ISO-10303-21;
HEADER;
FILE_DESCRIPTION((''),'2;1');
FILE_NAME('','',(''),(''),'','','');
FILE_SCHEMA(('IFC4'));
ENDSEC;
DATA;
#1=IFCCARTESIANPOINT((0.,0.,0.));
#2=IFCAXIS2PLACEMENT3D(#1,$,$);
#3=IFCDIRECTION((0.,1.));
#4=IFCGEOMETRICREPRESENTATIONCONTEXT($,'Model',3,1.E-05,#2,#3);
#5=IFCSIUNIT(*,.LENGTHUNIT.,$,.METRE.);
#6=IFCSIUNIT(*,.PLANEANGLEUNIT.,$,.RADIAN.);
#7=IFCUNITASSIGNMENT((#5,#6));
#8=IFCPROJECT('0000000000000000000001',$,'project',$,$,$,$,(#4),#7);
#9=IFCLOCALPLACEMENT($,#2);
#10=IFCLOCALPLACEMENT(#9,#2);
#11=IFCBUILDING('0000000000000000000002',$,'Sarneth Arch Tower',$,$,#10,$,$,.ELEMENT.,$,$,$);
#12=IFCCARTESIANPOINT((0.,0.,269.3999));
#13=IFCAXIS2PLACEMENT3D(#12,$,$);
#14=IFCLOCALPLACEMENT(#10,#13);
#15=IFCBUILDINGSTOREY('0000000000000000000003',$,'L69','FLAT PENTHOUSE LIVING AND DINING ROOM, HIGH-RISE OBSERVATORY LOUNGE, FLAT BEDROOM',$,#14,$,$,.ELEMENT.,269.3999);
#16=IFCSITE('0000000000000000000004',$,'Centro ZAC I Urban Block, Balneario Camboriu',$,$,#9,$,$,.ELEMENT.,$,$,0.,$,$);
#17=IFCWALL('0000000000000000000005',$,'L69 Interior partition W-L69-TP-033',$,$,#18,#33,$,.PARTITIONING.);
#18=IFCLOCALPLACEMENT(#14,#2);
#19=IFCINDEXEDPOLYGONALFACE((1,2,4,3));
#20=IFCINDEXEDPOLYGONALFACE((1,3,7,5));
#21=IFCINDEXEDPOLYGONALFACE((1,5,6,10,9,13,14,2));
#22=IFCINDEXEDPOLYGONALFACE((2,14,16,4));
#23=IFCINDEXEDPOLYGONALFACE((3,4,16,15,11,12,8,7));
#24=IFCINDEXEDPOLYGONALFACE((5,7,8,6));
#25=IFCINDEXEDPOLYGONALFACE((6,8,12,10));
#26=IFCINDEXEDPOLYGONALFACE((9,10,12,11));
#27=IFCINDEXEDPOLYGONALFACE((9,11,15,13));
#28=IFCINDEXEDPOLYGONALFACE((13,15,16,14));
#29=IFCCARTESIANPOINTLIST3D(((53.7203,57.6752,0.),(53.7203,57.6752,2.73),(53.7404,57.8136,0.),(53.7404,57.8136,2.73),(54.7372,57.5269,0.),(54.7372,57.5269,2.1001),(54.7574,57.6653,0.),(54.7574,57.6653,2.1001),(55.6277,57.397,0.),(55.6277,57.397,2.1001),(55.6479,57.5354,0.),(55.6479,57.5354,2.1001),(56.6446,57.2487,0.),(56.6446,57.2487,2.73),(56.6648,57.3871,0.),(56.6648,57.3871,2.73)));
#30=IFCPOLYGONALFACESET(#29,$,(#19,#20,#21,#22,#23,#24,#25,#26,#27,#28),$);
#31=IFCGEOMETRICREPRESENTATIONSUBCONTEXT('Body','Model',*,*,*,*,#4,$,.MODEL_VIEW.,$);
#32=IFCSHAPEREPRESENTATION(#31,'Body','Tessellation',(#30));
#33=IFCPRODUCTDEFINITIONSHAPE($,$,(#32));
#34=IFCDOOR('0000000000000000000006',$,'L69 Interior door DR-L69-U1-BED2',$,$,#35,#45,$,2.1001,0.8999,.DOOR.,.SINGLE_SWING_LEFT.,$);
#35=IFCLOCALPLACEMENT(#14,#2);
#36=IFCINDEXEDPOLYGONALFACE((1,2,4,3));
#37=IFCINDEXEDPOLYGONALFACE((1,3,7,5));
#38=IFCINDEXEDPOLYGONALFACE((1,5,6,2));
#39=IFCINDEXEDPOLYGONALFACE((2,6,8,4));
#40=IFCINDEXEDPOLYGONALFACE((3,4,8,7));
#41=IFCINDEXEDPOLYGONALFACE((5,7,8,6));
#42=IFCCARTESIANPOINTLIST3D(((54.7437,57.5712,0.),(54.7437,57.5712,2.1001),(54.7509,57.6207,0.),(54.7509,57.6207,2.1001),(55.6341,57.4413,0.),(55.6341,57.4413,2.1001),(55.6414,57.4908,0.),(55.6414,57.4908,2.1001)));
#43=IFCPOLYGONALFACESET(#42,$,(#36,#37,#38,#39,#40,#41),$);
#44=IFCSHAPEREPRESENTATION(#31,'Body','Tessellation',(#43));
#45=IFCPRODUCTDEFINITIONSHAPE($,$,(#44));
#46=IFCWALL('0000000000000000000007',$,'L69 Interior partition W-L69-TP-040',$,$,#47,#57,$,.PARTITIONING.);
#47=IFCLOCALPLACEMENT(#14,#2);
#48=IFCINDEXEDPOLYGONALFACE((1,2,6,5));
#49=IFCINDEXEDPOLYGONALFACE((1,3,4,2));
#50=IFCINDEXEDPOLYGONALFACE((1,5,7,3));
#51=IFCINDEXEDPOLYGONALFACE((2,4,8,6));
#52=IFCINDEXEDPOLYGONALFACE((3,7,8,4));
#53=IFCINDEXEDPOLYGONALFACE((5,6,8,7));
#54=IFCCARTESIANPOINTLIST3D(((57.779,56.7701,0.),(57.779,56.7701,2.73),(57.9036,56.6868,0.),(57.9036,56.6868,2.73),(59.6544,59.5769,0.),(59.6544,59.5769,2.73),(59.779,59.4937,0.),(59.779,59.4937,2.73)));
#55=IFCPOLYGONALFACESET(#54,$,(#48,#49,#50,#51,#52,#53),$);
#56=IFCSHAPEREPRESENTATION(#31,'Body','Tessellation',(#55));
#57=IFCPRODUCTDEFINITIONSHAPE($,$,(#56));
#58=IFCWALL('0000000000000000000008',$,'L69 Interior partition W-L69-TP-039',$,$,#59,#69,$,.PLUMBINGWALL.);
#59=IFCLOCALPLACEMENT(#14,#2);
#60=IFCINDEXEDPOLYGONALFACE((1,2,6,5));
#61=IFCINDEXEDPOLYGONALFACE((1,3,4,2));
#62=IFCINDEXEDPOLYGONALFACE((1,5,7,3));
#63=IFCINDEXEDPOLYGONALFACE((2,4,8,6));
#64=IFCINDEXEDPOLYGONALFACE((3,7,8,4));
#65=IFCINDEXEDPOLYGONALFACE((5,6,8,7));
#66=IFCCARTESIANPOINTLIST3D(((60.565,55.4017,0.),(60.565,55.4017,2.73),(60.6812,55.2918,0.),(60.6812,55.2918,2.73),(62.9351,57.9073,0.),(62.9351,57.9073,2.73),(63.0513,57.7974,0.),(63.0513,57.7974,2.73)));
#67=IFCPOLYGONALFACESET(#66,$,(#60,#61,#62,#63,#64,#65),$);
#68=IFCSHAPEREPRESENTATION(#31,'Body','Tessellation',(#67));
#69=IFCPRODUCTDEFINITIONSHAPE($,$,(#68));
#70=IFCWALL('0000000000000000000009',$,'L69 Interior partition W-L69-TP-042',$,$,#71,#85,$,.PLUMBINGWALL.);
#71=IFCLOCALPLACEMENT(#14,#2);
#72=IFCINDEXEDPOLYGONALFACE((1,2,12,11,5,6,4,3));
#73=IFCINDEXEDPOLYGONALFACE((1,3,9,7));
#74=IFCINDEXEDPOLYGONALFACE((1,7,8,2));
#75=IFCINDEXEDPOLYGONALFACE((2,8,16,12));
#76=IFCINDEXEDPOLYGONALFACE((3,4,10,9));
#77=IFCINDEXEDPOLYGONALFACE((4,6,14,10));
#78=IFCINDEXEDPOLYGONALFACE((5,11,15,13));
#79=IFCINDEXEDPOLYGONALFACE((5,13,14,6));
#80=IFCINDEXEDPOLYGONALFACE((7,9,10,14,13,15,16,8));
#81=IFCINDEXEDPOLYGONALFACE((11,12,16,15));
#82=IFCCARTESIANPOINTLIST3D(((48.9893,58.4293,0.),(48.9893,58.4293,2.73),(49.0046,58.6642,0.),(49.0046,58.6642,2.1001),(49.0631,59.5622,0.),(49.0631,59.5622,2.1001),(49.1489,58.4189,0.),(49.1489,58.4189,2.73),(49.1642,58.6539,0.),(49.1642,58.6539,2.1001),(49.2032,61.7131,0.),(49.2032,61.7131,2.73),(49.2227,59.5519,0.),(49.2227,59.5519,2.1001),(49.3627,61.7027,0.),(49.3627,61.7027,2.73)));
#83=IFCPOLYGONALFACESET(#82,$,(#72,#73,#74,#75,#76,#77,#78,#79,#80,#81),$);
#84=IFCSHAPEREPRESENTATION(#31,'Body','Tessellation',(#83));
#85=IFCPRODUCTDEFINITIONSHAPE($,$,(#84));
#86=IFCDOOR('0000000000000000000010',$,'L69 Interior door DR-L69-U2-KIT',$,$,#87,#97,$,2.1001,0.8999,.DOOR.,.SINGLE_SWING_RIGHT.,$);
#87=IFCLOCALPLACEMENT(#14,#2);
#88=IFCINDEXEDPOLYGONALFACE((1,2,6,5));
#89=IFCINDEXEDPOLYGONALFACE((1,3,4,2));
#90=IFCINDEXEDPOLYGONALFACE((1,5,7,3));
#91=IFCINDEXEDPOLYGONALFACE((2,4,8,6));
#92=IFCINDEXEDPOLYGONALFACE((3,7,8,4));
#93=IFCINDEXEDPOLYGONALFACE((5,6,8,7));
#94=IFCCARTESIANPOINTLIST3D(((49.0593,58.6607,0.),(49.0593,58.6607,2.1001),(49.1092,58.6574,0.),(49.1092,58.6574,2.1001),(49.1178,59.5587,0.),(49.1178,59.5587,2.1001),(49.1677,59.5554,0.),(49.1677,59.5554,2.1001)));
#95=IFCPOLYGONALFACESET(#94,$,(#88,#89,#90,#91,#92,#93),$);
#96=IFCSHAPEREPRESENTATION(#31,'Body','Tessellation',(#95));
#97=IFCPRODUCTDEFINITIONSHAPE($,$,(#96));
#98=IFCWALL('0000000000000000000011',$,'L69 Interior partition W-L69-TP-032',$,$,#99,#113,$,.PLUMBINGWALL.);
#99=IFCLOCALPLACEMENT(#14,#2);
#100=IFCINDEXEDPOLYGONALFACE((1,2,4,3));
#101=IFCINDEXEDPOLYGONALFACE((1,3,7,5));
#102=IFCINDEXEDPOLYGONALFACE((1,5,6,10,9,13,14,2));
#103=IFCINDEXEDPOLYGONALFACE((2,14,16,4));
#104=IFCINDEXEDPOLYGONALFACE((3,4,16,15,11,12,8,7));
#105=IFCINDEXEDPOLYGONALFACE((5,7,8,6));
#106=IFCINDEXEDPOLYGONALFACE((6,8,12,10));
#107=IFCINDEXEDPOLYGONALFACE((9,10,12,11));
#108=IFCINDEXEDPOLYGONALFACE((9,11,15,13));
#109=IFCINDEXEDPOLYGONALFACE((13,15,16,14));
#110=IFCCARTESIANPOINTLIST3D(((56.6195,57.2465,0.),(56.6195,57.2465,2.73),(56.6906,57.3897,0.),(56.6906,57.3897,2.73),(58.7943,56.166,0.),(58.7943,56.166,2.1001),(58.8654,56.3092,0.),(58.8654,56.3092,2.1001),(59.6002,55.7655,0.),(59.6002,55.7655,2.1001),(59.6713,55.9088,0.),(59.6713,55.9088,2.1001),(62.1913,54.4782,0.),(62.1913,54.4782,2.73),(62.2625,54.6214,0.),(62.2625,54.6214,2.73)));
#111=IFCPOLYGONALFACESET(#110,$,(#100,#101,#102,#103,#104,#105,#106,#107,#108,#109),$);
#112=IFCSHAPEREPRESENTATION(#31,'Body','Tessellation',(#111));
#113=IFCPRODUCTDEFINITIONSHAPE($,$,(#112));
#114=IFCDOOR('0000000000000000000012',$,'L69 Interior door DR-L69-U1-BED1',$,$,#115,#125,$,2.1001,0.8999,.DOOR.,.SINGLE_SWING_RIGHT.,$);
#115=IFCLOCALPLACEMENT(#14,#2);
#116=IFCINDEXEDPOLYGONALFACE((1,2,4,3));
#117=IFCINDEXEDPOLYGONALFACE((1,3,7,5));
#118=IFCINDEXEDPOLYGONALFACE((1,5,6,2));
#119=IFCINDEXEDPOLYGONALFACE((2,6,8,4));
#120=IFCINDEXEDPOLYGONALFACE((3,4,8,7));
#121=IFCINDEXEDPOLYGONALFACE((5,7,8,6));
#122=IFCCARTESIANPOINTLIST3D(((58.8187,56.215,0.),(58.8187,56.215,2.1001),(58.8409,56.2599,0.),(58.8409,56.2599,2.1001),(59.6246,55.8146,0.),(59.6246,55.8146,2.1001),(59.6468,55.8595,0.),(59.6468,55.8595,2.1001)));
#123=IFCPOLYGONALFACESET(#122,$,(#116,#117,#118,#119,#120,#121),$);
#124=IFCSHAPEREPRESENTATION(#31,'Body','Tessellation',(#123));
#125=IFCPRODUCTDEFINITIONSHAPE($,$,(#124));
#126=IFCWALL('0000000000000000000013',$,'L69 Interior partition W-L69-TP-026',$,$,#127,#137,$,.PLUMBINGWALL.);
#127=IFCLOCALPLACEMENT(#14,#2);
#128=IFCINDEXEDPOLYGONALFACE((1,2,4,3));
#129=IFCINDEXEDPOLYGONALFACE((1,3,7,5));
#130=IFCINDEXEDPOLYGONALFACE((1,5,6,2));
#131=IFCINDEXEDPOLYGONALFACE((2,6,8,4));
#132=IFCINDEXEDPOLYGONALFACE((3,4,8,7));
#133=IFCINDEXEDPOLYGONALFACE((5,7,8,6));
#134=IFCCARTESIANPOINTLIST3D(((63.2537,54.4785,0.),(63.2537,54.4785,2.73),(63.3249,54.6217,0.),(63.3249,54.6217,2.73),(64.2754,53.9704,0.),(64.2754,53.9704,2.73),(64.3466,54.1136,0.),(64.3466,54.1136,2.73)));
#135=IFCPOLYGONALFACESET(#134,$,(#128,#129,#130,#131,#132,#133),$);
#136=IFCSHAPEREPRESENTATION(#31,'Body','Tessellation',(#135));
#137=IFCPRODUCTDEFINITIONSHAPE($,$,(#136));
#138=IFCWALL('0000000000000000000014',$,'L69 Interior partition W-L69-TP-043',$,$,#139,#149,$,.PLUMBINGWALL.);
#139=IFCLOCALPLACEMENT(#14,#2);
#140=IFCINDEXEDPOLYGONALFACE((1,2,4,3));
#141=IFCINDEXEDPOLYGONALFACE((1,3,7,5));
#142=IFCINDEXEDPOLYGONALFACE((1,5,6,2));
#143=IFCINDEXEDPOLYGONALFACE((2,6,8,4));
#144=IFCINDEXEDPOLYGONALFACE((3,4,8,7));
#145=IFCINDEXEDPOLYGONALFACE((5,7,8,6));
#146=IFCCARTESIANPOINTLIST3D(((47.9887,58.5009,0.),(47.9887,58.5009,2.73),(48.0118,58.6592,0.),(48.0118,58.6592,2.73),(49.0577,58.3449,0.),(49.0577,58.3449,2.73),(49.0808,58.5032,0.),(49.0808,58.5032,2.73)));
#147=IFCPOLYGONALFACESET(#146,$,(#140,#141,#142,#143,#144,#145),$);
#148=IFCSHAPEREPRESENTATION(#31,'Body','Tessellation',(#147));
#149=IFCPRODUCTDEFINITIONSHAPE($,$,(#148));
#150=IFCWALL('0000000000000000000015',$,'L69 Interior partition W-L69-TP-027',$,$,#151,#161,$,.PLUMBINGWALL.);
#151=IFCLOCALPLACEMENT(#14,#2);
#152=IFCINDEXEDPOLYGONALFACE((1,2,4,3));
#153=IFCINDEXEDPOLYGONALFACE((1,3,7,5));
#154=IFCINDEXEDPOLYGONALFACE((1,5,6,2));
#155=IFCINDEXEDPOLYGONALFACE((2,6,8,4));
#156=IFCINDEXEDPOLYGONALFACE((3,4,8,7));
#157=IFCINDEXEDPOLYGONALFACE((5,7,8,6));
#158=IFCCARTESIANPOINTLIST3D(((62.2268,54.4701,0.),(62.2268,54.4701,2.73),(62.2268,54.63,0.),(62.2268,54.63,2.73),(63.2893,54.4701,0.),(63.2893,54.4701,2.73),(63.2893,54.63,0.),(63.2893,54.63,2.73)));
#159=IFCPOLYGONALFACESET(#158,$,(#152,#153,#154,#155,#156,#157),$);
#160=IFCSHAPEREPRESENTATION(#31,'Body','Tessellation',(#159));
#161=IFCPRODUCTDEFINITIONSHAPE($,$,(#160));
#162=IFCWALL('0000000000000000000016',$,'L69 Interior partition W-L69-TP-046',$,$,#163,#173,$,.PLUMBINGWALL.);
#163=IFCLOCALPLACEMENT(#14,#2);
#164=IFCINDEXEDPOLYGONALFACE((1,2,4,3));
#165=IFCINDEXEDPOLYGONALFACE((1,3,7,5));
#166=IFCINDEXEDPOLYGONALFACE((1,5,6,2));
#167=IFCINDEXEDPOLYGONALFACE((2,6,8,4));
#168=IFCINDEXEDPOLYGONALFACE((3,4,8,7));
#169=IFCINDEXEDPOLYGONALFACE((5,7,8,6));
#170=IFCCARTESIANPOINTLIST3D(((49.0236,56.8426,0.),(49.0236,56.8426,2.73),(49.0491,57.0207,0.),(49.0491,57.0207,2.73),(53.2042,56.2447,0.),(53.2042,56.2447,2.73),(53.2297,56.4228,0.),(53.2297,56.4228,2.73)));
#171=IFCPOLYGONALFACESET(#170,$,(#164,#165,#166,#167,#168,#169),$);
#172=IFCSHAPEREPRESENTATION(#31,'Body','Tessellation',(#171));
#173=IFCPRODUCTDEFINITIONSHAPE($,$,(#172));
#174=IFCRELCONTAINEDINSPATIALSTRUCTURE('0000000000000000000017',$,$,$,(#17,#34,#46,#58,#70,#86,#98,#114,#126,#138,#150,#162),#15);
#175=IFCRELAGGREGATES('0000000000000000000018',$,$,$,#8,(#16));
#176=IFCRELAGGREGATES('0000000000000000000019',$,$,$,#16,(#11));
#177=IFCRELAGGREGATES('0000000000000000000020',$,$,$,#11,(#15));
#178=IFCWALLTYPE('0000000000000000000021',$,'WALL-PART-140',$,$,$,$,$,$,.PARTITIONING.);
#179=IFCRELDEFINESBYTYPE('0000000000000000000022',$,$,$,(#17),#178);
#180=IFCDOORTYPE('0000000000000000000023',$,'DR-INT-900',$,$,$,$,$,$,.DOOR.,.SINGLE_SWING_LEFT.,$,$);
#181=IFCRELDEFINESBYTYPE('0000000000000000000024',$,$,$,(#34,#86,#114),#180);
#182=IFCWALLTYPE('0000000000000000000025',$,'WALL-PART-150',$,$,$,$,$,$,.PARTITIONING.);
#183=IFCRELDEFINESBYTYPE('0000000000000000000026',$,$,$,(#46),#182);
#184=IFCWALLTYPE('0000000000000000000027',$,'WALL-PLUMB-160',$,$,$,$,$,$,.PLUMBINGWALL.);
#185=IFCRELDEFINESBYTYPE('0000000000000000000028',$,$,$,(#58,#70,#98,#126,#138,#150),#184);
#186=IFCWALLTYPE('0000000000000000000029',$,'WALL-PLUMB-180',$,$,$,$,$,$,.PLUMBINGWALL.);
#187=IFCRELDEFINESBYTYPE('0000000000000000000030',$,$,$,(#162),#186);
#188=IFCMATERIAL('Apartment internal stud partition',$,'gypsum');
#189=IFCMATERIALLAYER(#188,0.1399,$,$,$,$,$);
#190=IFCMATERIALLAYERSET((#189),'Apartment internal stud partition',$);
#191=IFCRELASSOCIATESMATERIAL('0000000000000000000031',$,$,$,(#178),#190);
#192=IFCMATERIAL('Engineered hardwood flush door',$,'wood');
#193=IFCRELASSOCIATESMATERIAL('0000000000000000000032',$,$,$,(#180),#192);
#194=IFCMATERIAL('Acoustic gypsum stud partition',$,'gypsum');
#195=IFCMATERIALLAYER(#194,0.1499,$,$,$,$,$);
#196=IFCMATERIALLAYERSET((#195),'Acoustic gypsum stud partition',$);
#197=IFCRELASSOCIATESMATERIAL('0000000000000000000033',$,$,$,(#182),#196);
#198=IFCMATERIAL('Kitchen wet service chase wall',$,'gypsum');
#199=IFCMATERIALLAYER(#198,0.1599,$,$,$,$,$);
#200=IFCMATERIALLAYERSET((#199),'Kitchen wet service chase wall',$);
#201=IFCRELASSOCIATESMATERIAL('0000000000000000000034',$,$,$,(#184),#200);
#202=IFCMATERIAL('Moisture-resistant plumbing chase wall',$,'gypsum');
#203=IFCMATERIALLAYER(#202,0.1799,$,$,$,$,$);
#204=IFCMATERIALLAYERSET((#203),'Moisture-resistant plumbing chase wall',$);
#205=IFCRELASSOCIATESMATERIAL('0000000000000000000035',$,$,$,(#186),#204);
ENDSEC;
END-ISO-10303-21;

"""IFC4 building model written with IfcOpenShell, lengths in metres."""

from ifc_helpers import new_model, si_unit, direction, frame, frame_2d, origin, place, context, subcontext, project, spatial, rectangle, extrude, material, layer, layer_set, type_object, element, fill, save


model = new_model("IFC4")

# Units and contexts
model_context = context("Model", 3, precision=1e-05, world=origin(), true_north=direction((0.0, 1.0)))
body_context = subcontext(model_context, "Body", "Model", "MODEL_VIEW")
ifc_project = project(units=[si_unit("LENGTHUNIT", "METRE"), si_unit("PLANEANGLEUNIT", "RADIAN")], contexts=[model_context])

# Site, building, storey
site_placement = place(None, origin())
site = spatial("IfcSite", under=ifc_project, at=site_placement, Name="Centro ZAC I Urban Block, Balneario Camboriu", CompositionType="ELEMENT", RefElevation=0.0)
building_placement = place(site_placement, origin())
building = spatial("IfcBuilding", under=site, at=building_placement, Name="Sarneth Arch Tower", CompositionType="ELEMENT")
storey_placement = place(building_placement, frame((0.0, 0.0, 269.3999)))
storey = spatial("IfcBuildingStorey", under=building, at=storey_placement, Name="L69", Description="FLAT PENTHOUSE LIVING AND DINING ROOM, HIGH-RISE OBSERVATORY LOUNGE, FLAT BEDROOM", CompositionType="ELEMENT", Elevation=269.3999)

# Wall, opening, door
ifc_material_1 = material(Name="Apartment internal stud partition", Category="gypsum")
ifc_layer_1 = layer(ifc_material_1, 0.1399)
ifc_layer_set_1 = layer_set([ifc_layer_1], Name="Apartment internal stud partition")
wall_type_1 = type_object("IfcWallType", Name="WALL-PART-140", PredefinedType="PARTITIONING", material=ifc_layer_set_1)
wall_1_placement = place(storey_placement, frame((53.7305, 57.7444, 0.0), z_axis=(0.0, 0.0, 1.0), x_axis=(0.989531, -0.144324, 0.0)))
wall_1 = element("IfcWall", 1, at=wall_1_placement, inside=storey, type_object=wall_type_1, Name="L69 Interior partition W-L69-TP-033", PredefinedType="PARTITIONING", context=body_context, shape_type="SweptSolid", body=[
    extrude(rectangle(XDim=2.9553, YDim=0.1399, at=frame_2d((1.4775, 0.0))), origin(), (0.0, 0.0, 1.0), 2.73),
])
opening_1_placement = place(wall_1_placement, frame((1.0276, 0.0, 0.0)))
opening_1 = element("IfcOpeningElement", 2, at=opening_1_placement, cuts=wall_1, PredefinedType="OPENING", context=body_context, shape_type="SweptSolid", body=[
    extrude(rectangle(XDim=0.8999, YDim=2.1001, at=frame_2d((0.45, 1.05))), frame((0.0, 0.0798, 0.0), z_axis=(0.0, -1.0, 0.0), x_axis=(1.0, 0.0, 0.0)), (0.0, 0.0, 1.0), 0.1599),
])
ifc_material_2 = material(Name="Engineered hardwood flush door", Category="wood")
door_type = type_object("IfcDoorType", Name="DR-INT-900", OperationType="SINGLE_SWING_LEFT", PredefinedType="DOOR", material=ifc_material_2)
door_1_placement = place(opening_1_placement, origin())
door_1 = element("IfcDoor", 3, at=door_1_placement, inside=storey, type_object=door_type, Name="L69 Interior door DR-L69-U1-BED2", OperationType="SINGLE_SWING_LEFT", OverallHeight=2.1001, OverallWidth=0.8999, PredefinedType="DOOR", context=body_context, shape_type="SweptSolid", body=[
    extrude(rectangle(XDim=0.8999, YDim=2.1001, at=frame_2d((0.45, 1.05))), frame((0.0, 0.0249, 0.0), z_axis=(0.0, -1.0, 0.0), x_axis=(1.0, 0.0, 0.0)), (0.0, 0.0, 1.0), 0.05),
])
fill(opening_1, door_1)

# Walls
ifc_material_3 = material(Name="Acoustic gypsum stud partition", Category="gypsum")
ifc_layer_2 = layer(ifc_material_3, 0.1499)
ifc_layer_set_2 = layer_set([ifc_layer_2], Name="Acoustic gypsum stud partition")
wall_type_2 = type_object("IfcWallType", Name="WALL-PART-150", PredefinedType="PARTITIONING", material=ifc_layer_set_2)
wall_2_placement = place(storey_placement, frame((59.7168, 59.5354, 0.0), z_axis=(0.0, 0.0, 1.0), x_axis=(-0.555568, -0.831471, 0.0)))
element("IfcWall", 4, at=wall_2_placement, inside=storey, type_object=wall_type_2, Name="L69 Interior partition W-L69-TP-040", PredefinedType="PARTITIONING", context=body_context, shape_type="SweptSolid", body=[
    extrude(rectangle(XDim=3.3757, YDim=0.1499, at=frame_2d((1.688, 0.0))), origin(), (0.0, 0.0, 1.0), 2.73),
])
ifc_material_4 = material(Name="Kitchen wet service chase wall", Category="gypsum")
ifc_layer_3 = layer(ifc_material_4, 0.1599)
ifc_layer_set_3 = layer_set([ifc_layer_3], Name="Kitchen wet service chase wall")
wall_type_3 = type_object("IfcWallType", Name="WALL-PLUMB-160", PredefinedType="PLUMBINGWALL", material=ifc_layer_set_3)
wall_3_placement = place(storey_placement, frame((60.623, 55.3467, 0.0), z_axis=(0.0, 0.0, 1.0), x_axis=(0.687191, 0.726477, 0.0)))
element("IfcWall", 5, at=wall_3_placement, inside=storey, type_object=wall_type_3, Name="L69 Interior partition W-L69-TP-039", PredefinedType="PLUMBINGWALL", context=body_context, shape_type="SweptSolid", body=[
    extrude(rectangle(XDim=3.449, YDim=0.1599, at=frame_2d((1.7246, 0.0))), origin(), (0.0, 0.0, 1.0), 2.73),
])

# Walls, openings, doors
wall_4_placement = place(storey_placement, frame((49.283, 61.708, 0.0), z_axis=(0.0, 0.0, 1.0), x_axis=(-0.064988, -0.997886, 0.0)))
wall_4 = element("IfcWall", 6, at=wall_4_placement, inside=storey, type_object=wall_type_3, Name="L69 Interior partition W-L69-TP-042", PredefinedType="PLUMBINGWALL", context=body_context, shape_type="SweptSolid", body=[
    extrude(rectangle(XDim=3.2908, YDim=0.1599, at=frame_2d((1.6455, 0.0))), origin(), (0.0, 0.0, 1.0), 2.73),
])
opening_2_placement = place(wall_4_placement, frame((2.1555, 0.0, 0.0)))
opening_2 = element("IfcOpeningElement", 7, at=opening_2_placement, cuts=wall_4, PredefinedType="OPENING", context=body_context, shape_type="SweptSolid", body=[
    extrude(rectangle(XDim=0.8999, YDim=2.1001, at=frame_2d((0.45, 1.05))), frame((0.0, 0.0898, 0.0), z_axis=(0.0, -1.0, 0.0), x_axis=(1.0, 0.0, 0.0)), (0.0, 0.0, 1.0), 0.1799),
])
door_2_placement = place(opening_2_placement, origin())
door_2 = element("IfcDoor", 8, at=door_2_placement, inside=storey, type_object=door_type, Name="L69 Interior door DR-L69-U2-KIT", OperationType="SINGLE_SWING_RIGHT", OverallHeight=2.1001, OverallWidth=0.8999, PredefinedType="DOOR", context=body_context, shape_type="SweptSolid", body=[
    extrude(rectangle(XDim=0.8999, YDim=2.1001, at=frame_2d((0.45, 1.05))), frame((0.0, 0.0249, 0.0), z_axis=(0.0, -1.0, 0.0), x_axis=(1.0, 0.0, 0.0)), (0.0, 0.0, 1.0), 0.05),
])
fill(opening_2, door_2)
wall_5_placement = place(storey_placement, frame((56.655, 57.3181, 0.0), z_axis=(0.0, 0.0, 1.0), x_axis=(0.895554, -0.444952, 0.0)))
wall_5 = element("IfcWall", 9, at=wall_5_placement, inside=storey, type_object=wall_type_3, Name="L69 Interior partition W-L69-TP-032", PredefinedType="PLUMBINGWALL", context=body_context, shape_type="SweptSolid", body=[
    extrude(rectangle(XDim=6.2217, YDim=0.1599, at=frame_2d((3.1108, 0.0))), origin(), (0.0, 0.0, 1.0), 2.73),
])
opening_3_placement = place(wall_5_placement, frame((2.4285, 0.0, 0.0)))
opening_3 = element("IfcOpeningElement", 10, at=opening_3_placement, cuts=wall_5, PredefinedType="OPENING", context=body_context, shape_type="SweptSolid", body=[
    extrude(rectangle(XDim=0.8999, YDim=2.1001, at=frame_2d((0.45, 1.05))), frame((0.0, 0.0898, 0.0), z_axis=(0.0, -1.0, 0.0), x_axis=(1.0, 0.0, 0.0)), (0.0, 0.0, 1.0), 0.1799),
])
door_3_placement = place(opening_3_placement, origin())
door_3 = element("IfcDoor", 11, at=door_3_placement, inside=storey, type_object=door_type, Name="L69 Interior door DR-L69-U1-BED1", OperationType="SINGLE_SWING_RIGHT", OverallHeight=2.1001, OverallWidth=0.8999, PredefinedType="DOOR", context=body_context, shape_type="SweptSolid", body=[
    extrude(rectangle(XDim=0.8999, YDim=2.1001, at=frame_2d((0.45, 1.05))), frame((0.0, 0.0249, 0.0), z_axis=(0.0, -1.0, 0.0), x_axis=(1.0, 0.0, 0.0)), (0.0, 0.0, 1.0), 0.05),
])
fill(opening_3, door_3)

# Walls
wall_6_placement = place(storey_placement, frame((64.311, 54.042, 0.0), z_axis=(0.0, 0.0, 1.0), x_axis=(-0.895409, 0.445244, 0.0)))
element("IfcWall", 12, at=wall_6_placement, inside=storey, type_object=wall_type_3, Name="L69 Interior partition W-L69-TP-026", PredefinedType="PLUMBINGWALL", context=body_context, shape_type="SweptSolid", body=[
    extrude(rectangle(XDim=1.1411, YDim=0.1599, at=frame_2d((0.5706, 0.0))), origin(), (0.0, 0.0, 1.0), 2.73),
])
wall_7_placement = place(storey_placement, frame((49.0691, 58.4241, 0.0), z_axis=(0.0, 0.0, 1.0), x_axis=(-0.98952, 0.144394, 0.0)))
element("IfcWall", 13, at=wall_7_placement, inside=storey, type_object=wall_type_3, Name="L69 Interior partition W-L69-TP-043", PredefinedType="PLUMBINGWALL", context=body_context, shape_type="SweptSolid", body=[
    extrude(rectangle(XDim=1.0803, YDim=0.1599, at=frame_2d((0.54, 0.0))), origin(), (0.0, 0.0, 1.0), 2.73),
])
wall_8_placement = place(storey_placement, frame((63.2893, 54.55, 0.0), z_axis=(0.0, 0.0, 1.0), x_axis=(-1.0, 0.0, 0.0)))
element("IfcWall", 14, at=wall_8_placement, inside=storey, type_object=wall_type_3, Name="L69 Interior partition W-L69-TP-027", PredefinedType="PLUMBINGWALL", context=body_context, shape_type="SweptSolid", body=[
    extrude(rectangle(XDim=1.0625, YDim=0.1599, at=frame_2d((0.5312, 0.0))), origin(), (0.0, 0.0, 1.0), 2.73),
])
ifc_material_5 = material(Name="Moisture-resistant plumbing chase wall", Category="gypsum")
ifc_layer_4 = layer(ifc_material_5, 0.1799)
ifc_layer_set_4 = layer_set([ifc_layer_4], Name="Moisture-resistant plumbing chase wall")
wall_type_4 = type_object("IfcWallType", Name="WALL-PLUMB-180", PredefinedType="PLUMBINGWALL", material=ifc_layer_set_4)
wall_9_placement = place(storey_placement, frame((49.0364, 56.9316, 0.0), z_axis=(0.0, 0.0, 1.0), x_axis=(0.989928, -0.141575, 0.0)))
element("IfcWall", 15, at=wall_9_placement, inside=storey, type_object=wall_type_4, Name="L69 Interior partition W-L69-TP-046", PredefinedType="PLUMBINGWALL", context=body_context, shape_type="SweptSolid", body=[
    extrude(rectangle(XDim=4.2231, YDim=0.1799, at=frame_2d((2.1116, 0.0))), origin(), (0.0, 0.0, 1.0), 2.73),
])

save(model, "model.ifc")
